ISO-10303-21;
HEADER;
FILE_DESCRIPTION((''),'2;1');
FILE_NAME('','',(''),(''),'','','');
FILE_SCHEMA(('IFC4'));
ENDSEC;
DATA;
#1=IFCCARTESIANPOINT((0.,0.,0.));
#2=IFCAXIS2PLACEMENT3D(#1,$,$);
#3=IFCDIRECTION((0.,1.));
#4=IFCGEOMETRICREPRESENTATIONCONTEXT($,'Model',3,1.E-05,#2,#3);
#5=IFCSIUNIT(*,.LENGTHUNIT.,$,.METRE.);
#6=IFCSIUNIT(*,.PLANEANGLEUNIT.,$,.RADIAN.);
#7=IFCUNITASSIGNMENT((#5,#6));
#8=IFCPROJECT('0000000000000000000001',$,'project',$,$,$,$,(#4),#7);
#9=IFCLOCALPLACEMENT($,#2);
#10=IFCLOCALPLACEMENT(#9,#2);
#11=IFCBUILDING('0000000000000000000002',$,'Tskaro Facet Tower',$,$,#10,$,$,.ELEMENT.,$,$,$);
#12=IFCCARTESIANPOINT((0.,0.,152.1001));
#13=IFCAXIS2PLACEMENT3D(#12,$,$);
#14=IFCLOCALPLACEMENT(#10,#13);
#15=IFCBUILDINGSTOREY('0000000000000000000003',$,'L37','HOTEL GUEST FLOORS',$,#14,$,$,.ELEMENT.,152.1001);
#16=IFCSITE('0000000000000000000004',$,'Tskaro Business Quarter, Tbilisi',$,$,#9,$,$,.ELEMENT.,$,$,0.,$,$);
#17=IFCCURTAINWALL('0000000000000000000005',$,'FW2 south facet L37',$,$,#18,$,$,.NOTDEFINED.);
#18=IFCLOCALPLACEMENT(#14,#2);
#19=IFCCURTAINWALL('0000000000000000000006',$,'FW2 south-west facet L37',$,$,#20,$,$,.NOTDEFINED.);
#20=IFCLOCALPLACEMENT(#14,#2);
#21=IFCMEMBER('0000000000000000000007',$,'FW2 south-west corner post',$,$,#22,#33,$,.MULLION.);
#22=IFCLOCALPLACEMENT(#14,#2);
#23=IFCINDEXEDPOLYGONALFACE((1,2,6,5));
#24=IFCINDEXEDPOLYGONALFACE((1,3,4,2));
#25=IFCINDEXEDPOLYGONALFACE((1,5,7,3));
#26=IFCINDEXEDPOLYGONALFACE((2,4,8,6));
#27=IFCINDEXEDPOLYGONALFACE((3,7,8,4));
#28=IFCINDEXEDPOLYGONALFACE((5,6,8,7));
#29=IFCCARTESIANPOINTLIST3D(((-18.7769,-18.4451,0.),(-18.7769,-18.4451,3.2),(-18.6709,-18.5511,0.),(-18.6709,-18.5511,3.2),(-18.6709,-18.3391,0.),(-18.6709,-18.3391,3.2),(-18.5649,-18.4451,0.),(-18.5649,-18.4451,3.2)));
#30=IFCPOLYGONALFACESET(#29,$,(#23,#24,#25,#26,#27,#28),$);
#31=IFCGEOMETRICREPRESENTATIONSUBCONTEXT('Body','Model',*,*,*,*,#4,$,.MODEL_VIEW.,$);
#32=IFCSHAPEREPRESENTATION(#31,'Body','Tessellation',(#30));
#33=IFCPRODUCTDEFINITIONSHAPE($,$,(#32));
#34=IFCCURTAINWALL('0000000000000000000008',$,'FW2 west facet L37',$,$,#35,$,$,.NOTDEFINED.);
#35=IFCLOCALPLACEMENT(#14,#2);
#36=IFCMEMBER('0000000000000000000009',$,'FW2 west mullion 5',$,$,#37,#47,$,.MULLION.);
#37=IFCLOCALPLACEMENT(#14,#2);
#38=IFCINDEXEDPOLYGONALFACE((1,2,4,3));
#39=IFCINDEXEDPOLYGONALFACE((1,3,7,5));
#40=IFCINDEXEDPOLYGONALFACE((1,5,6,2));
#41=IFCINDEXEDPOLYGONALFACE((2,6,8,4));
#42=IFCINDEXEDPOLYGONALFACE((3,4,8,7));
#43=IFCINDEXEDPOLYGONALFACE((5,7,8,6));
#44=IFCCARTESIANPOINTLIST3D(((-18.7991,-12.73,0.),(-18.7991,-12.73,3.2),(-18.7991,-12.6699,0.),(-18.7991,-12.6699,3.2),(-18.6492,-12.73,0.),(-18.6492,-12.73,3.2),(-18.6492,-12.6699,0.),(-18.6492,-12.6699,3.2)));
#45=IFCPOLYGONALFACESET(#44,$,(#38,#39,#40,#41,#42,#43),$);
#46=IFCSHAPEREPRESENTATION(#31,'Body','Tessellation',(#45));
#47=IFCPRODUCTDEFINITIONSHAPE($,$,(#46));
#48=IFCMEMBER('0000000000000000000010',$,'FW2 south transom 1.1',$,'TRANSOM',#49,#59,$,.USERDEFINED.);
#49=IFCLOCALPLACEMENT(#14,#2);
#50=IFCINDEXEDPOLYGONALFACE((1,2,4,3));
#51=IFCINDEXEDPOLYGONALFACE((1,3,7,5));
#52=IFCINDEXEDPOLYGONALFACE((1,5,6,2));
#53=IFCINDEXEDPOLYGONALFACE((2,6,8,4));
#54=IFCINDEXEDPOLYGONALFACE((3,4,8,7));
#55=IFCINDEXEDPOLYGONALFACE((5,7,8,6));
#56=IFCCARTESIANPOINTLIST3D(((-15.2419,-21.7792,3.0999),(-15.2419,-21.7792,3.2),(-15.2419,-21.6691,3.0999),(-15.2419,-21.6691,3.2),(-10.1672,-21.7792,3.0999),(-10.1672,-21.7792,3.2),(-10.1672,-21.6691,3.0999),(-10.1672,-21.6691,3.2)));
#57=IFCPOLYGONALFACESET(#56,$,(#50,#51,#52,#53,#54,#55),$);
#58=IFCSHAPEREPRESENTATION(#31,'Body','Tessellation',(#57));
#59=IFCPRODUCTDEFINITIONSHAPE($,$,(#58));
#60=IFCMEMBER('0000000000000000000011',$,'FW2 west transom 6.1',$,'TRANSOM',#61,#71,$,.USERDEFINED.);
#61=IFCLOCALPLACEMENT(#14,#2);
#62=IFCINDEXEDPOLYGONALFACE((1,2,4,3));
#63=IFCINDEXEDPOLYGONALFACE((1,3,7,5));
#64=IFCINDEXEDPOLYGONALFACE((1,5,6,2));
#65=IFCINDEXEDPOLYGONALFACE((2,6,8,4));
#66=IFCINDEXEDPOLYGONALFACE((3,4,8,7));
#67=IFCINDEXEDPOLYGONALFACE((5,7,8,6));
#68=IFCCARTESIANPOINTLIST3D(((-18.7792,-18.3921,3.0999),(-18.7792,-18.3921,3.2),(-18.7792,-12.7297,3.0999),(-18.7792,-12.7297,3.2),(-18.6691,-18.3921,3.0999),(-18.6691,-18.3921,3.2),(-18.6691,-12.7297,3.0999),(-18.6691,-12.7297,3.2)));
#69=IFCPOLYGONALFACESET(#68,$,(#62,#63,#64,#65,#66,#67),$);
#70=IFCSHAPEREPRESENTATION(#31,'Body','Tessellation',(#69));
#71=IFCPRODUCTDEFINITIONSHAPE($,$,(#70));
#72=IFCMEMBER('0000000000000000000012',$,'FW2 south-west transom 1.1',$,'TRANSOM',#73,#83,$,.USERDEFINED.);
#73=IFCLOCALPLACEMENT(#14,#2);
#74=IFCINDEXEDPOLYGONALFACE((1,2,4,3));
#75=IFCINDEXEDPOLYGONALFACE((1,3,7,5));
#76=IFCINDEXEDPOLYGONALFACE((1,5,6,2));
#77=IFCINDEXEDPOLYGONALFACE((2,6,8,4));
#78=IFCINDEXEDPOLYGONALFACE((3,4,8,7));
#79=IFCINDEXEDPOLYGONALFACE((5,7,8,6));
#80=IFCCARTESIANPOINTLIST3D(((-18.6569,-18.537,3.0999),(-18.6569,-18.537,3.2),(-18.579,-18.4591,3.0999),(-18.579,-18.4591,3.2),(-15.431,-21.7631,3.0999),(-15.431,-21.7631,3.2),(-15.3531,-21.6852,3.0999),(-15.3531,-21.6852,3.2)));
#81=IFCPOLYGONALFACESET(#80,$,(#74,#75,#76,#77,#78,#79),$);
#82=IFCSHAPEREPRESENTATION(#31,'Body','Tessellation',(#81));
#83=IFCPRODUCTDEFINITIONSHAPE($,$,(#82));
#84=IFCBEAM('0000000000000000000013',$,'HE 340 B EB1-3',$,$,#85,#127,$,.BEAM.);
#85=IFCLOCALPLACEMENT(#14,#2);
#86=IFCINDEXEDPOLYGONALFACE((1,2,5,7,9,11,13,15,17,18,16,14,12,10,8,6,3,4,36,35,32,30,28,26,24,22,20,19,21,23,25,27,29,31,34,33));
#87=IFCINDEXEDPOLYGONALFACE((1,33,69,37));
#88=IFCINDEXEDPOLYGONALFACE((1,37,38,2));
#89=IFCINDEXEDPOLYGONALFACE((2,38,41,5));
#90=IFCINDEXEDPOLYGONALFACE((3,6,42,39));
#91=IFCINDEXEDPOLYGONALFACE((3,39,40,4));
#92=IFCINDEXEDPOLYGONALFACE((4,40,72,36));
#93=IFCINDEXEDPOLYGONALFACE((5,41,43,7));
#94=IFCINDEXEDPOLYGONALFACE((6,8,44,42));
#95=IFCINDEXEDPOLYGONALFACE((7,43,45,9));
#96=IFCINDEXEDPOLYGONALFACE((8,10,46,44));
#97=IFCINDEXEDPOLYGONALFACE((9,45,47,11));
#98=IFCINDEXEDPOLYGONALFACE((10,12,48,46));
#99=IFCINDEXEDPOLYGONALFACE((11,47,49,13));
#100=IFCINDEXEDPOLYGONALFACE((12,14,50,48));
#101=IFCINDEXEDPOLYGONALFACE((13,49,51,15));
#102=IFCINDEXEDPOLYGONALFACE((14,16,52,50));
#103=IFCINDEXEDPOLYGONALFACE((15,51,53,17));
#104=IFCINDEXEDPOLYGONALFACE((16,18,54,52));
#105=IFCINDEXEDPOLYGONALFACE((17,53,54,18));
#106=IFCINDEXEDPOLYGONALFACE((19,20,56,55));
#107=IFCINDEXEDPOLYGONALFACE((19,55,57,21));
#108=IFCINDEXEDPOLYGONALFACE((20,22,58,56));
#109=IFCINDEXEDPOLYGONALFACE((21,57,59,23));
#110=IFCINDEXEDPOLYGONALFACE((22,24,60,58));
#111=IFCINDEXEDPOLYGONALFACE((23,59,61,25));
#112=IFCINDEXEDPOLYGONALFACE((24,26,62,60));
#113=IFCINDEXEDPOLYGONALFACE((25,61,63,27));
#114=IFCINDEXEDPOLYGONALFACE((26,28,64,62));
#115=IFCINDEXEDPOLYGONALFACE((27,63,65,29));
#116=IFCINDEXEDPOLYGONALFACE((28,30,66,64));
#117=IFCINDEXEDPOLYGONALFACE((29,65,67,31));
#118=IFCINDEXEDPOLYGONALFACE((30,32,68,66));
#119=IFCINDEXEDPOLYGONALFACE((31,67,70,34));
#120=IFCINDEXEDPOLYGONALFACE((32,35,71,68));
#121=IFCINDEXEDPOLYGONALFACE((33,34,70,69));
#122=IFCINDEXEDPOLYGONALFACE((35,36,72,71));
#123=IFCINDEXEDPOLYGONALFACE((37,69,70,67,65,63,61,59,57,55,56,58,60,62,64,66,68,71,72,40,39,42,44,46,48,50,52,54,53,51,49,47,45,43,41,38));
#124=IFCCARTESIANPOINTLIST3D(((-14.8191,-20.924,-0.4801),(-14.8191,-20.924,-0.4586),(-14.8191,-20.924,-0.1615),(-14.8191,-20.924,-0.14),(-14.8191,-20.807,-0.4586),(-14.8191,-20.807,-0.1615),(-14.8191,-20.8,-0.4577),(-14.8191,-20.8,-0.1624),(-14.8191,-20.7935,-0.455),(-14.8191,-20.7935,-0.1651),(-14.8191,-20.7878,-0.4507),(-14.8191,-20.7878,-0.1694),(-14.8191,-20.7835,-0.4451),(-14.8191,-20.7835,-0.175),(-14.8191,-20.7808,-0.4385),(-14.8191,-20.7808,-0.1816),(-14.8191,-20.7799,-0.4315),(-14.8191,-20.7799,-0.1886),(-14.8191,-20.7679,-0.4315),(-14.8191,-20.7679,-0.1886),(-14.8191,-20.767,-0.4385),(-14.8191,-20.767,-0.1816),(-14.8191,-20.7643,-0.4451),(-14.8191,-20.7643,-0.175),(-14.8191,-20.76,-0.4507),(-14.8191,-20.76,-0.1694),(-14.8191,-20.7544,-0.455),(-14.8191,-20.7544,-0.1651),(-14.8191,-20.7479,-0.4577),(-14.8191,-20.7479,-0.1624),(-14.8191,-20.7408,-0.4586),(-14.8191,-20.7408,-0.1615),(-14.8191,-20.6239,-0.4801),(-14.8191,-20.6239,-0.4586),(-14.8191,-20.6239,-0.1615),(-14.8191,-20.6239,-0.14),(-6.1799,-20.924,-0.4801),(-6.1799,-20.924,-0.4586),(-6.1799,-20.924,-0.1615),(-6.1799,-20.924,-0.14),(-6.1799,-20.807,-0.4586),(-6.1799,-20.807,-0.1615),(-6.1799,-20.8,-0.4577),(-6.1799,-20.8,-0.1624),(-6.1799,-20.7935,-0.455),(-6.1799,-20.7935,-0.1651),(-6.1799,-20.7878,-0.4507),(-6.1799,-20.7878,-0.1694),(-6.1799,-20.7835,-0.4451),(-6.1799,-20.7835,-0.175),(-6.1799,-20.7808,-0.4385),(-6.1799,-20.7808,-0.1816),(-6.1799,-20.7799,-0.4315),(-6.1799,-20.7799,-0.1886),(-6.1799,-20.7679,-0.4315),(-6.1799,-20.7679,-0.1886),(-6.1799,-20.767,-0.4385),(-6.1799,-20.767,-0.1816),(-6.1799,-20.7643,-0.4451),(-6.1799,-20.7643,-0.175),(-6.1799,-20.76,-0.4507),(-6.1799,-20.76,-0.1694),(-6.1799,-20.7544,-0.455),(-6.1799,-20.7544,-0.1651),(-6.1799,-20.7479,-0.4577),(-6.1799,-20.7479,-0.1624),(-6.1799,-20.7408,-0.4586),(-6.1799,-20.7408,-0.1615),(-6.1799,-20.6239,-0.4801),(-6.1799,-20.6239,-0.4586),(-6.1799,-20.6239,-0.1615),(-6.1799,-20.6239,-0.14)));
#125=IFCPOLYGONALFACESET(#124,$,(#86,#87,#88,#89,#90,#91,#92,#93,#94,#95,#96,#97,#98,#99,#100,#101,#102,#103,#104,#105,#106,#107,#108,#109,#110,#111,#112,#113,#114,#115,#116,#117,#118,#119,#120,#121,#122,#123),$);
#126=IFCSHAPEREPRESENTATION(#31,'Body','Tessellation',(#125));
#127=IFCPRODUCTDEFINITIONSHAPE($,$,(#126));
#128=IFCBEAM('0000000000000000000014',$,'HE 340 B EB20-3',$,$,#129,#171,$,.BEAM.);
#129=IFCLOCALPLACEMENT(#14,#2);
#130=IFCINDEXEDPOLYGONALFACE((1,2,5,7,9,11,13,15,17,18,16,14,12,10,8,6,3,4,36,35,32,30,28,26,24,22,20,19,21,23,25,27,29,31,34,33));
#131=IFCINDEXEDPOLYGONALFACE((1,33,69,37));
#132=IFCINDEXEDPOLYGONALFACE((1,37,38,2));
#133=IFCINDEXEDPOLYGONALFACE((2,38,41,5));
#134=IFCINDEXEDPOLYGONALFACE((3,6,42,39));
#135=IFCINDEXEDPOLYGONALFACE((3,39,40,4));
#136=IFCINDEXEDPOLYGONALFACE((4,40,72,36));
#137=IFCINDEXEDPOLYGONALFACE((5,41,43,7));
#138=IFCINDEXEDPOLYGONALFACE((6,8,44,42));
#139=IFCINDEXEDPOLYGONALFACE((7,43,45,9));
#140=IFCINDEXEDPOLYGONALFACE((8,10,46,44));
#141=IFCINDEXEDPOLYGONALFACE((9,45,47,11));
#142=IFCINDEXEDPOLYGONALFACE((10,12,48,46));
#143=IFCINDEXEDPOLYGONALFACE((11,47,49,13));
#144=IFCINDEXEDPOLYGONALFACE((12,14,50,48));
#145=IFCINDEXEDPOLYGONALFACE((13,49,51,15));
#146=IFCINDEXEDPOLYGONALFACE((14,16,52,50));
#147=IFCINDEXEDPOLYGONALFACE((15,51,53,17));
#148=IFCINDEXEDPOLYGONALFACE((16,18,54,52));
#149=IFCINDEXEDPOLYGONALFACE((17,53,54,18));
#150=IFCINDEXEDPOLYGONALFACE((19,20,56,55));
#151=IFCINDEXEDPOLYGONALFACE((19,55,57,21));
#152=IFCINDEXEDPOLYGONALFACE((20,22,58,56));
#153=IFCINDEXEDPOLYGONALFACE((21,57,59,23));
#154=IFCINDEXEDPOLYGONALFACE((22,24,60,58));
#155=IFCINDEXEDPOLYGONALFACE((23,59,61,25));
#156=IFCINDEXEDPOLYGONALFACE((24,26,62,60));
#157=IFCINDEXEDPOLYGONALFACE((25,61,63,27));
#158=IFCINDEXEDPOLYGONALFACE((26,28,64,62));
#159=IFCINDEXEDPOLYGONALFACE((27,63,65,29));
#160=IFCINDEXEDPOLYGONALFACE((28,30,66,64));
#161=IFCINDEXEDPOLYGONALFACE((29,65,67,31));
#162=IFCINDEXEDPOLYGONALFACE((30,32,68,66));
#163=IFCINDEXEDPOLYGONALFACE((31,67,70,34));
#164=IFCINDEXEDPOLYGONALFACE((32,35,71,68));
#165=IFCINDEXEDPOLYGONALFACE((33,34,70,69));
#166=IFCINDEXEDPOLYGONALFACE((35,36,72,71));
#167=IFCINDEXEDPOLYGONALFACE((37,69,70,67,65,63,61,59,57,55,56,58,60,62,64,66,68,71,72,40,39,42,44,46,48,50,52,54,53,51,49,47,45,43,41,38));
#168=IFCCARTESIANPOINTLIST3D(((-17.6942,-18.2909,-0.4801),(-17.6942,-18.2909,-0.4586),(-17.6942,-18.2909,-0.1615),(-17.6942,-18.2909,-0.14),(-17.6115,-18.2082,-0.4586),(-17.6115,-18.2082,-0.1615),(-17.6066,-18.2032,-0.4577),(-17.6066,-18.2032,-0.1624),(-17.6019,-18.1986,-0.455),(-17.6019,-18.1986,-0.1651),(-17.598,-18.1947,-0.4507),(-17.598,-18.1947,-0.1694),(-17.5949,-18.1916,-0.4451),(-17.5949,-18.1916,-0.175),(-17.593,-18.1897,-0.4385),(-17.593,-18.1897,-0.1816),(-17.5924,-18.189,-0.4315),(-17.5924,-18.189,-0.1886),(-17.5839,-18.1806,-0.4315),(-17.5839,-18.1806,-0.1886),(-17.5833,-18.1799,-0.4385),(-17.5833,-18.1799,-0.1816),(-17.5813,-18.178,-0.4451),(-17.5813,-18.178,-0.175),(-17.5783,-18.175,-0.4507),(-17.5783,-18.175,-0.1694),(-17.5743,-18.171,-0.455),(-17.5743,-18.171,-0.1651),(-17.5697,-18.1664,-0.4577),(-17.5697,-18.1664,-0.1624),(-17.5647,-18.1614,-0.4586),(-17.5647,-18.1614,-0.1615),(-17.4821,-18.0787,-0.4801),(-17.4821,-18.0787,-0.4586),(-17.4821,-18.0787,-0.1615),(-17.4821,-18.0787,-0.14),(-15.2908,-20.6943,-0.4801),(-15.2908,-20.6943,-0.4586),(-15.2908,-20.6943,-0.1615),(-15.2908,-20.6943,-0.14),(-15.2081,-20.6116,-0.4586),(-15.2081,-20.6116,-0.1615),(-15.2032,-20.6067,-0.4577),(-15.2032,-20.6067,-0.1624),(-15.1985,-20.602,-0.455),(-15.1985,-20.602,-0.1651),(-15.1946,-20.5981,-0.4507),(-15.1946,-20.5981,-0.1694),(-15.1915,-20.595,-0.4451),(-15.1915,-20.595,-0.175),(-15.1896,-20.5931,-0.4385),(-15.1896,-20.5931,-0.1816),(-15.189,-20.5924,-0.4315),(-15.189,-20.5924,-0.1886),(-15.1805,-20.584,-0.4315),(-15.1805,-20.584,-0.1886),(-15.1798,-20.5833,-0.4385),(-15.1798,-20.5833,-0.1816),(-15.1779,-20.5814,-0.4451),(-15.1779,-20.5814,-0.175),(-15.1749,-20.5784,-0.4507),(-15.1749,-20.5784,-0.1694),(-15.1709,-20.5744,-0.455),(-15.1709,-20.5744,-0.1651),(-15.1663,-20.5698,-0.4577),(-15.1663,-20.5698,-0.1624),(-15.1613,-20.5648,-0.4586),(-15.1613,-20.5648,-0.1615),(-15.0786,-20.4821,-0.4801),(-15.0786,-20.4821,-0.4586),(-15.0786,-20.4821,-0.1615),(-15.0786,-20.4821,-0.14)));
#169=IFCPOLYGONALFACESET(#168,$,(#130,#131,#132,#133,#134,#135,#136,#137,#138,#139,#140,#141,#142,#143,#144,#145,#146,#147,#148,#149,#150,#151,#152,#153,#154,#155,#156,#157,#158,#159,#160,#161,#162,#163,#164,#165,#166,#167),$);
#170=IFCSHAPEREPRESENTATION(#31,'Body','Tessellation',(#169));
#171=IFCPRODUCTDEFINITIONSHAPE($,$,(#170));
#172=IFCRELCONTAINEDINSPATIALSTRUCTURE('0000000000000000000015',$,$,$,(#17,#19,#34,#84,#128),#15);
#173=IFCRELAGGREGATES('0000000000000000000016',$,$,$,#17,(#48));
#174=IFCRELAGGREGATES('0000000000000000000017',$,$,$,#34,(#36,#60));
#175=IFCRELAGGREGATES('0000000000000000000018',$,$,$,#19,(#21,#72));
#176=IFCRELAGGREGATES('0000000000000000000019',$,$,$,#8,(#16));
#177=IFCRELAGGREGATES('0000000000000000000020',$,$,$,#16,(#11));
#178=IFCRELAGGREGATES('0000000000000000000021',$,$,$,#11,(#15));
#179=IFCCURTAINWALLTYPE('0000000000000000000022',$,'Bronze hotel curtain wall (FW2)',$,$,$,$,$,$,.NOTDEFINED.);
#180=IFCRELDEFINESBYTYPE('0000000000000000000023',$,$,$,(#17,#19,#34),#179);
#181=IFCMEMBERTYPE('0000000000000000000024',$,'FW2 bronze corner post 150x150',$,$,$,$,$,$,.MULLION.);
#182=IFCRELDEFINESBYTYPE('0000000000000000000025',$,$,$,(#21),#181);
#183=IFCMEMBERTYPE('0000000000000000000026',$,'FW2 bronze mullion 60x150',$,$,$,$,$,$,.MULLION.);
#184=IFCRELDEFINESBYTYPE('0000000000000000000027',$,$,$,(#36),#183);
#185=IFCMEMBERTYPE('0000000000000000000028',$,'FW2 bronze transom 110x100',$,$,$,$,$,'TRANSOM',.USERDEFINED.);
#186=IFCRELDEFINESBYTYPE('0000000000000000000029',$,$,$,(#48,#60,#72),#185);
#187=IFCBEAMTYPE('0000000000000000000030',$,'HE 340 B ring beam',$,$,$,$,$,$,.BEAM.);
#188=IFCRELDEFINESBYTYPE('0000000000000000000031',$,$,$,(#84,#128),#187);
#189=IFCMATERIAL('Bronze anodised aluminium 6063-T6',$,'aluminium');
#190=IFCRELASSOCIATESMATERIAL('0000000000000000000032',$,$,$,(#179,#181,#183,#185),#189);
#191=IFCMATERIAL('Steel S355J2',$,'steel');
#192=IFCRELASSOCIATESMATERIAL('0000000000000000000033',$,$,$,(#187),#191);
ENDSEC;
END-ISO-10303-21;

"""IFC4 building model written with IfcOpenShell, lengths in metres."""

from ifc_helpers import new_model, si_unit, direction, frame, origin, origin_2d, place, context, subcontext, project, spatial, rectangle, i_section, extrude, material, material_profile, profile_set, type_object, element, aggregate, save


model = new_model("IFC4")

# Units and contexts
model_context = context("Model", 3, precision=1e-05, world=origin(), true_north=direction((0.0, 1.0)))
body_context = subcontext(model_context, "Body", "Model", "MODEL_VIEW")
ifc_project = project(units=[si_unit("LENGTHUNIT", "METRE"), si_unit("PLANEANGLEUNIT", "RADIAN")], contexts=[model_context])

# Site, building, storey
site_placement = place(None, origin())
site = spatial("IfcSite", under=ifc_project, at=site_placement, Name="Tskaro Business Quarter, Tbilisi", CompositionType="ELEMENT", RefElevation=0.0)
building_placement = place(site_placement, origin())
building = spatial("IfcBuilding", under=site, at=building_placement, Name="Tskaro Facet Tower", CompositionType="ELEMENT")
storey_placement = place(building_placement, frame((0.0, 0.0, 152.1001)))
storey = spatial("IfcBuildingStorey", under=building, at=storey_placement, Name="L37", Description="HOTEL GUEST FLOORS", CompositionType="ELEMENT", Elevation=152.1001)

# Curtain walls, members
ifc_material_1 = material(Name="Bronze anodised aluminium 6063-T6", Category="aluminium")
curtain_wall_type = type_object("IfcCurtainWallType", Name="Bronze hotel curtain wall (FW2)", PredefinedType="NOTDEFINED", material=ifc_material_1)
curtain_wall_1_placement = place(storey_placement, origin())
curtain_wall_1 = element("IfcCurtainWall", 1, at=curtain_wall_1_placement, inside=storey, type_object=curtain_wall_type, Name="FW2 south facet L37", PredefinedType="NOTDEFINED")
ifc_material_profile_1 = material_profile(ifc_material_1, rectangle(XDim=0.1499, YDim=0.1499, at=origin_2d()), Name="Corner post 150x150")
ifc_profile_set_1 = profile_set([ifc_material_profile_1], Name="Bronze anodised aluminium 6063-T6")
member_type_1 = type_object("IfcMemberType", Name="FW2 bronze corner post 150x150", PredefinedType="MULLION", material=ifc_profile_set_1)
curtain_wall_2_placement = place(storey_placement, origin())
curtain_wall_2 = element("IfcCurtainWall", 2, at=curtain_wall_2_placement, inside=storey, type_object=curtain_wall_type, Name="FW2 south-west facet L37", PredefinedType="NOTDEFINED")
member_1_placement = place(storey_placement, frame((-18.6709, -18.4451, 0.0), z_axis=(0.0, 0.0, 1.0), x_axis=(0.707107, -0.707107, 0.0)))
member_1 = element("IfcMember", 3, at=member_1_placement, type_object=member_type_1, Name="FW2 south-west corner post", PredefinedType="MULLION", context=body_context, shape_type="SweptSolid", body=[
    extrude(rectangle(XDim=0.1499, YDim=0.1499, at=origin_2d()), origin(), (0.0, 0.0, 1.0), 3.2),
])
curtain_wall_3_placement = place(storey_placement, origin())
curtain_wall_3 = element("IfcCurtainWall", 4, at=curtain_wall_3_placement, inside=storey, type_object=curtain_wall_type, Name="FW2 west facet L37", PredefinedType="NOTDEFINED")
ifc_material_profile_2 = material_profile(ifc_material_1, rectangle(XDim=0.0601, YDim=0.1499, at=origin_2d()), Name="Mullion 60x150")
ifc_profile_set_2 = profile_set([ifc_material_profile_2], Name="Bronze anodised aluminium 6063-T6")
member_type_2 = type_object("IfcMemberType", Name="FW2 bronze mullion 60x150", PredefinedType="MULLION", material=ifc_profile_set_2)
member_2_placement = place(storey_placement, frame((-18.7241, -12.7, 0.0), z_axis=(0.0, 0.0, 1.0), x_axis=(0.0, -1.0, 0.0)))
member_2 = element("IfcMember", 5, at=member_2_placement, type_object=member_type_2, Name="FW2 west mullion 5", PredefinedType="MULLION", context=body_context, shape_type="SweptSolid", body=[
    extrude(rectangle(XDim=0.0601, YDim=0.1499, at=origin_2d()), origin(), (0.0, 0.0, 1.0), 3.2),
])

# Members
ifc_material_profile_3 = material_profile(ifc_material_1, rectangle(XDim=0.1101, YDim=0.1001, at=origin_2d()), Name="Transom 110x100")
ifc_profile_set_3 = profile_set([ifc_material_profile_3], Name="Bronze anodised aluminium 6063-T6")
member_type_3 = type_object("IfcMemberType", Name="FW2 bronze transom 110x100", ElementType="TRANSOM", PredefinedType="USERDEFINED", material=ifc_profile_set_3)
member_3_placement = place(storey_placement, frame((-15.2419, -21.7241, 3.1499), z_axis=(1.0, 0.0, 0.0), x_axis=(0.0, 1.0, 0.0)))
member_3 = element("IfcMember", 6, at=member_3_placement, type_object=member_type_3, Name="FW2 south transom 1.1", ObjectType="TRANSOM", PredefinedType="USERDEFINED", context=body_context, shape_type="SweptSolid", body=[
    extrude(rectangle(XDim=0.1101, YDim=0.1001, at=origin_2d()), origin(), (0.0, 0.0, 1.0), 5.0747),
])
aggregate(curtain_wall_1, [member_3])
member_4_placement = place(storey_placement, frame((-18.7241, -12.7297, 3.1499), z_axis=(0.0, -1.0, 0.0), x_axis=(1.0, 0.0, 0.0)))
member_4 = element("IfcMember", 7, at=member_4_placement, type_object=member_type_3, Name="FW2 west transom 6.1", ObjectType="TRANSOM", PredefinedType="USERDEFINED", context=body_context, shape_type="SweptSolid", body=[
    extrude(rectangle(XDim=0.1101, YDim=0.1001, at=origin_2d()), origin(), (0.0, 0.0, 1.0), 5.6624),
])
member_5_placement = place(storey_placement, frame((-18.6179, -18.498, 3.1499), z_axis=(0.70708, -0.707134, 0.0), x_axis=(0.707134, 0.70708, 0.0)))
member_5 = element("IfcMember", 8, at=member_5_placement, type_object=member_type_3, Name="FW2 south-west transom 1.1", ObjectType="TRANSOM", PredefinedType="USERDEFINED", context=body_context, shape_type="SweptSolid", body=[
    extrude(rectangle(XDim=0.1101, YDim=0.1001, at=origin_2d()), origin(), (0.0, 0.0, 1.0), 4.5623),
])

# Beams
ifc_material_2 = material(Name="Steel S355J2", Category="steel")
ifc_material_profile_4 = material_profile(ifc_material_2, i_section(OverallWidth=0.3, OverallDepth=0.3401, WebThickness=0.012, FlangeThickness=0.0215, FilletRadius=0.0271, at=origin_2d()), Name="HE 340 B")
ifc_profile_set_4 = profile_set([ifc_material_profile_4], Name="Steel S355J2")
beam_type_1 = type_object("IfcBeamType", Name="HE 340 B ring beam", PredefinedType="BEAM", material=ifc_profile_set_4)
beam_1_placement = place(storey_placement, frame((-14.8191, -20.7739, -0.3101), z_axis=(1.0, 0.0, 0.0), x_axis=(0.0, 1.0, 0.0)))
element("IfcBeam", 9, at=beam_1_placement, inside=storey, type_object=beam_type_1, Name="HE 340 B EB1-3", PredefinedType="BEAM", context=body_context, shape_type="SweptSolid", body=[
    extrude(i_section(OverallWidth=0.3, OverallDepth=0.3401, WebThickness=0.012, FlangeThickness=0.0215, FilletRadius=0.0271, at=origin_2d()), origin(), (0.0, 0.0, 1.0), 8.6392),
])
beam_2_placement = place(storey_placement, frame((-17.5881, -18.1848, -0.3101), z_axis=(0.707107, -0.707107, 0.0), x_axis=(0.707107, 0.707107, 0.0)))
element("IfcBeam", 10, at=beam_2_placement, inside=storey, type_object=beam_type_1, Name="HE 340 B EB20-3", PredefinedType="BEAM", context=body_context, shape_type="SweptSolid", body=[
    extrude(i_section(OverallWidth=0.3, OverallDepth=0.3401, WebThickness=0.012, FlangeThickness=0.0215, FilletRadius=0.0271, at=origin_2d()), origin(), (0.0, 0.0, 1.0), 3.3989),
])

aggregate(curtain_wall_3, [member_2, member_4])
aggregate(curtain_wall_2, [member_1, member_5])

save(model, "model.ifc")
